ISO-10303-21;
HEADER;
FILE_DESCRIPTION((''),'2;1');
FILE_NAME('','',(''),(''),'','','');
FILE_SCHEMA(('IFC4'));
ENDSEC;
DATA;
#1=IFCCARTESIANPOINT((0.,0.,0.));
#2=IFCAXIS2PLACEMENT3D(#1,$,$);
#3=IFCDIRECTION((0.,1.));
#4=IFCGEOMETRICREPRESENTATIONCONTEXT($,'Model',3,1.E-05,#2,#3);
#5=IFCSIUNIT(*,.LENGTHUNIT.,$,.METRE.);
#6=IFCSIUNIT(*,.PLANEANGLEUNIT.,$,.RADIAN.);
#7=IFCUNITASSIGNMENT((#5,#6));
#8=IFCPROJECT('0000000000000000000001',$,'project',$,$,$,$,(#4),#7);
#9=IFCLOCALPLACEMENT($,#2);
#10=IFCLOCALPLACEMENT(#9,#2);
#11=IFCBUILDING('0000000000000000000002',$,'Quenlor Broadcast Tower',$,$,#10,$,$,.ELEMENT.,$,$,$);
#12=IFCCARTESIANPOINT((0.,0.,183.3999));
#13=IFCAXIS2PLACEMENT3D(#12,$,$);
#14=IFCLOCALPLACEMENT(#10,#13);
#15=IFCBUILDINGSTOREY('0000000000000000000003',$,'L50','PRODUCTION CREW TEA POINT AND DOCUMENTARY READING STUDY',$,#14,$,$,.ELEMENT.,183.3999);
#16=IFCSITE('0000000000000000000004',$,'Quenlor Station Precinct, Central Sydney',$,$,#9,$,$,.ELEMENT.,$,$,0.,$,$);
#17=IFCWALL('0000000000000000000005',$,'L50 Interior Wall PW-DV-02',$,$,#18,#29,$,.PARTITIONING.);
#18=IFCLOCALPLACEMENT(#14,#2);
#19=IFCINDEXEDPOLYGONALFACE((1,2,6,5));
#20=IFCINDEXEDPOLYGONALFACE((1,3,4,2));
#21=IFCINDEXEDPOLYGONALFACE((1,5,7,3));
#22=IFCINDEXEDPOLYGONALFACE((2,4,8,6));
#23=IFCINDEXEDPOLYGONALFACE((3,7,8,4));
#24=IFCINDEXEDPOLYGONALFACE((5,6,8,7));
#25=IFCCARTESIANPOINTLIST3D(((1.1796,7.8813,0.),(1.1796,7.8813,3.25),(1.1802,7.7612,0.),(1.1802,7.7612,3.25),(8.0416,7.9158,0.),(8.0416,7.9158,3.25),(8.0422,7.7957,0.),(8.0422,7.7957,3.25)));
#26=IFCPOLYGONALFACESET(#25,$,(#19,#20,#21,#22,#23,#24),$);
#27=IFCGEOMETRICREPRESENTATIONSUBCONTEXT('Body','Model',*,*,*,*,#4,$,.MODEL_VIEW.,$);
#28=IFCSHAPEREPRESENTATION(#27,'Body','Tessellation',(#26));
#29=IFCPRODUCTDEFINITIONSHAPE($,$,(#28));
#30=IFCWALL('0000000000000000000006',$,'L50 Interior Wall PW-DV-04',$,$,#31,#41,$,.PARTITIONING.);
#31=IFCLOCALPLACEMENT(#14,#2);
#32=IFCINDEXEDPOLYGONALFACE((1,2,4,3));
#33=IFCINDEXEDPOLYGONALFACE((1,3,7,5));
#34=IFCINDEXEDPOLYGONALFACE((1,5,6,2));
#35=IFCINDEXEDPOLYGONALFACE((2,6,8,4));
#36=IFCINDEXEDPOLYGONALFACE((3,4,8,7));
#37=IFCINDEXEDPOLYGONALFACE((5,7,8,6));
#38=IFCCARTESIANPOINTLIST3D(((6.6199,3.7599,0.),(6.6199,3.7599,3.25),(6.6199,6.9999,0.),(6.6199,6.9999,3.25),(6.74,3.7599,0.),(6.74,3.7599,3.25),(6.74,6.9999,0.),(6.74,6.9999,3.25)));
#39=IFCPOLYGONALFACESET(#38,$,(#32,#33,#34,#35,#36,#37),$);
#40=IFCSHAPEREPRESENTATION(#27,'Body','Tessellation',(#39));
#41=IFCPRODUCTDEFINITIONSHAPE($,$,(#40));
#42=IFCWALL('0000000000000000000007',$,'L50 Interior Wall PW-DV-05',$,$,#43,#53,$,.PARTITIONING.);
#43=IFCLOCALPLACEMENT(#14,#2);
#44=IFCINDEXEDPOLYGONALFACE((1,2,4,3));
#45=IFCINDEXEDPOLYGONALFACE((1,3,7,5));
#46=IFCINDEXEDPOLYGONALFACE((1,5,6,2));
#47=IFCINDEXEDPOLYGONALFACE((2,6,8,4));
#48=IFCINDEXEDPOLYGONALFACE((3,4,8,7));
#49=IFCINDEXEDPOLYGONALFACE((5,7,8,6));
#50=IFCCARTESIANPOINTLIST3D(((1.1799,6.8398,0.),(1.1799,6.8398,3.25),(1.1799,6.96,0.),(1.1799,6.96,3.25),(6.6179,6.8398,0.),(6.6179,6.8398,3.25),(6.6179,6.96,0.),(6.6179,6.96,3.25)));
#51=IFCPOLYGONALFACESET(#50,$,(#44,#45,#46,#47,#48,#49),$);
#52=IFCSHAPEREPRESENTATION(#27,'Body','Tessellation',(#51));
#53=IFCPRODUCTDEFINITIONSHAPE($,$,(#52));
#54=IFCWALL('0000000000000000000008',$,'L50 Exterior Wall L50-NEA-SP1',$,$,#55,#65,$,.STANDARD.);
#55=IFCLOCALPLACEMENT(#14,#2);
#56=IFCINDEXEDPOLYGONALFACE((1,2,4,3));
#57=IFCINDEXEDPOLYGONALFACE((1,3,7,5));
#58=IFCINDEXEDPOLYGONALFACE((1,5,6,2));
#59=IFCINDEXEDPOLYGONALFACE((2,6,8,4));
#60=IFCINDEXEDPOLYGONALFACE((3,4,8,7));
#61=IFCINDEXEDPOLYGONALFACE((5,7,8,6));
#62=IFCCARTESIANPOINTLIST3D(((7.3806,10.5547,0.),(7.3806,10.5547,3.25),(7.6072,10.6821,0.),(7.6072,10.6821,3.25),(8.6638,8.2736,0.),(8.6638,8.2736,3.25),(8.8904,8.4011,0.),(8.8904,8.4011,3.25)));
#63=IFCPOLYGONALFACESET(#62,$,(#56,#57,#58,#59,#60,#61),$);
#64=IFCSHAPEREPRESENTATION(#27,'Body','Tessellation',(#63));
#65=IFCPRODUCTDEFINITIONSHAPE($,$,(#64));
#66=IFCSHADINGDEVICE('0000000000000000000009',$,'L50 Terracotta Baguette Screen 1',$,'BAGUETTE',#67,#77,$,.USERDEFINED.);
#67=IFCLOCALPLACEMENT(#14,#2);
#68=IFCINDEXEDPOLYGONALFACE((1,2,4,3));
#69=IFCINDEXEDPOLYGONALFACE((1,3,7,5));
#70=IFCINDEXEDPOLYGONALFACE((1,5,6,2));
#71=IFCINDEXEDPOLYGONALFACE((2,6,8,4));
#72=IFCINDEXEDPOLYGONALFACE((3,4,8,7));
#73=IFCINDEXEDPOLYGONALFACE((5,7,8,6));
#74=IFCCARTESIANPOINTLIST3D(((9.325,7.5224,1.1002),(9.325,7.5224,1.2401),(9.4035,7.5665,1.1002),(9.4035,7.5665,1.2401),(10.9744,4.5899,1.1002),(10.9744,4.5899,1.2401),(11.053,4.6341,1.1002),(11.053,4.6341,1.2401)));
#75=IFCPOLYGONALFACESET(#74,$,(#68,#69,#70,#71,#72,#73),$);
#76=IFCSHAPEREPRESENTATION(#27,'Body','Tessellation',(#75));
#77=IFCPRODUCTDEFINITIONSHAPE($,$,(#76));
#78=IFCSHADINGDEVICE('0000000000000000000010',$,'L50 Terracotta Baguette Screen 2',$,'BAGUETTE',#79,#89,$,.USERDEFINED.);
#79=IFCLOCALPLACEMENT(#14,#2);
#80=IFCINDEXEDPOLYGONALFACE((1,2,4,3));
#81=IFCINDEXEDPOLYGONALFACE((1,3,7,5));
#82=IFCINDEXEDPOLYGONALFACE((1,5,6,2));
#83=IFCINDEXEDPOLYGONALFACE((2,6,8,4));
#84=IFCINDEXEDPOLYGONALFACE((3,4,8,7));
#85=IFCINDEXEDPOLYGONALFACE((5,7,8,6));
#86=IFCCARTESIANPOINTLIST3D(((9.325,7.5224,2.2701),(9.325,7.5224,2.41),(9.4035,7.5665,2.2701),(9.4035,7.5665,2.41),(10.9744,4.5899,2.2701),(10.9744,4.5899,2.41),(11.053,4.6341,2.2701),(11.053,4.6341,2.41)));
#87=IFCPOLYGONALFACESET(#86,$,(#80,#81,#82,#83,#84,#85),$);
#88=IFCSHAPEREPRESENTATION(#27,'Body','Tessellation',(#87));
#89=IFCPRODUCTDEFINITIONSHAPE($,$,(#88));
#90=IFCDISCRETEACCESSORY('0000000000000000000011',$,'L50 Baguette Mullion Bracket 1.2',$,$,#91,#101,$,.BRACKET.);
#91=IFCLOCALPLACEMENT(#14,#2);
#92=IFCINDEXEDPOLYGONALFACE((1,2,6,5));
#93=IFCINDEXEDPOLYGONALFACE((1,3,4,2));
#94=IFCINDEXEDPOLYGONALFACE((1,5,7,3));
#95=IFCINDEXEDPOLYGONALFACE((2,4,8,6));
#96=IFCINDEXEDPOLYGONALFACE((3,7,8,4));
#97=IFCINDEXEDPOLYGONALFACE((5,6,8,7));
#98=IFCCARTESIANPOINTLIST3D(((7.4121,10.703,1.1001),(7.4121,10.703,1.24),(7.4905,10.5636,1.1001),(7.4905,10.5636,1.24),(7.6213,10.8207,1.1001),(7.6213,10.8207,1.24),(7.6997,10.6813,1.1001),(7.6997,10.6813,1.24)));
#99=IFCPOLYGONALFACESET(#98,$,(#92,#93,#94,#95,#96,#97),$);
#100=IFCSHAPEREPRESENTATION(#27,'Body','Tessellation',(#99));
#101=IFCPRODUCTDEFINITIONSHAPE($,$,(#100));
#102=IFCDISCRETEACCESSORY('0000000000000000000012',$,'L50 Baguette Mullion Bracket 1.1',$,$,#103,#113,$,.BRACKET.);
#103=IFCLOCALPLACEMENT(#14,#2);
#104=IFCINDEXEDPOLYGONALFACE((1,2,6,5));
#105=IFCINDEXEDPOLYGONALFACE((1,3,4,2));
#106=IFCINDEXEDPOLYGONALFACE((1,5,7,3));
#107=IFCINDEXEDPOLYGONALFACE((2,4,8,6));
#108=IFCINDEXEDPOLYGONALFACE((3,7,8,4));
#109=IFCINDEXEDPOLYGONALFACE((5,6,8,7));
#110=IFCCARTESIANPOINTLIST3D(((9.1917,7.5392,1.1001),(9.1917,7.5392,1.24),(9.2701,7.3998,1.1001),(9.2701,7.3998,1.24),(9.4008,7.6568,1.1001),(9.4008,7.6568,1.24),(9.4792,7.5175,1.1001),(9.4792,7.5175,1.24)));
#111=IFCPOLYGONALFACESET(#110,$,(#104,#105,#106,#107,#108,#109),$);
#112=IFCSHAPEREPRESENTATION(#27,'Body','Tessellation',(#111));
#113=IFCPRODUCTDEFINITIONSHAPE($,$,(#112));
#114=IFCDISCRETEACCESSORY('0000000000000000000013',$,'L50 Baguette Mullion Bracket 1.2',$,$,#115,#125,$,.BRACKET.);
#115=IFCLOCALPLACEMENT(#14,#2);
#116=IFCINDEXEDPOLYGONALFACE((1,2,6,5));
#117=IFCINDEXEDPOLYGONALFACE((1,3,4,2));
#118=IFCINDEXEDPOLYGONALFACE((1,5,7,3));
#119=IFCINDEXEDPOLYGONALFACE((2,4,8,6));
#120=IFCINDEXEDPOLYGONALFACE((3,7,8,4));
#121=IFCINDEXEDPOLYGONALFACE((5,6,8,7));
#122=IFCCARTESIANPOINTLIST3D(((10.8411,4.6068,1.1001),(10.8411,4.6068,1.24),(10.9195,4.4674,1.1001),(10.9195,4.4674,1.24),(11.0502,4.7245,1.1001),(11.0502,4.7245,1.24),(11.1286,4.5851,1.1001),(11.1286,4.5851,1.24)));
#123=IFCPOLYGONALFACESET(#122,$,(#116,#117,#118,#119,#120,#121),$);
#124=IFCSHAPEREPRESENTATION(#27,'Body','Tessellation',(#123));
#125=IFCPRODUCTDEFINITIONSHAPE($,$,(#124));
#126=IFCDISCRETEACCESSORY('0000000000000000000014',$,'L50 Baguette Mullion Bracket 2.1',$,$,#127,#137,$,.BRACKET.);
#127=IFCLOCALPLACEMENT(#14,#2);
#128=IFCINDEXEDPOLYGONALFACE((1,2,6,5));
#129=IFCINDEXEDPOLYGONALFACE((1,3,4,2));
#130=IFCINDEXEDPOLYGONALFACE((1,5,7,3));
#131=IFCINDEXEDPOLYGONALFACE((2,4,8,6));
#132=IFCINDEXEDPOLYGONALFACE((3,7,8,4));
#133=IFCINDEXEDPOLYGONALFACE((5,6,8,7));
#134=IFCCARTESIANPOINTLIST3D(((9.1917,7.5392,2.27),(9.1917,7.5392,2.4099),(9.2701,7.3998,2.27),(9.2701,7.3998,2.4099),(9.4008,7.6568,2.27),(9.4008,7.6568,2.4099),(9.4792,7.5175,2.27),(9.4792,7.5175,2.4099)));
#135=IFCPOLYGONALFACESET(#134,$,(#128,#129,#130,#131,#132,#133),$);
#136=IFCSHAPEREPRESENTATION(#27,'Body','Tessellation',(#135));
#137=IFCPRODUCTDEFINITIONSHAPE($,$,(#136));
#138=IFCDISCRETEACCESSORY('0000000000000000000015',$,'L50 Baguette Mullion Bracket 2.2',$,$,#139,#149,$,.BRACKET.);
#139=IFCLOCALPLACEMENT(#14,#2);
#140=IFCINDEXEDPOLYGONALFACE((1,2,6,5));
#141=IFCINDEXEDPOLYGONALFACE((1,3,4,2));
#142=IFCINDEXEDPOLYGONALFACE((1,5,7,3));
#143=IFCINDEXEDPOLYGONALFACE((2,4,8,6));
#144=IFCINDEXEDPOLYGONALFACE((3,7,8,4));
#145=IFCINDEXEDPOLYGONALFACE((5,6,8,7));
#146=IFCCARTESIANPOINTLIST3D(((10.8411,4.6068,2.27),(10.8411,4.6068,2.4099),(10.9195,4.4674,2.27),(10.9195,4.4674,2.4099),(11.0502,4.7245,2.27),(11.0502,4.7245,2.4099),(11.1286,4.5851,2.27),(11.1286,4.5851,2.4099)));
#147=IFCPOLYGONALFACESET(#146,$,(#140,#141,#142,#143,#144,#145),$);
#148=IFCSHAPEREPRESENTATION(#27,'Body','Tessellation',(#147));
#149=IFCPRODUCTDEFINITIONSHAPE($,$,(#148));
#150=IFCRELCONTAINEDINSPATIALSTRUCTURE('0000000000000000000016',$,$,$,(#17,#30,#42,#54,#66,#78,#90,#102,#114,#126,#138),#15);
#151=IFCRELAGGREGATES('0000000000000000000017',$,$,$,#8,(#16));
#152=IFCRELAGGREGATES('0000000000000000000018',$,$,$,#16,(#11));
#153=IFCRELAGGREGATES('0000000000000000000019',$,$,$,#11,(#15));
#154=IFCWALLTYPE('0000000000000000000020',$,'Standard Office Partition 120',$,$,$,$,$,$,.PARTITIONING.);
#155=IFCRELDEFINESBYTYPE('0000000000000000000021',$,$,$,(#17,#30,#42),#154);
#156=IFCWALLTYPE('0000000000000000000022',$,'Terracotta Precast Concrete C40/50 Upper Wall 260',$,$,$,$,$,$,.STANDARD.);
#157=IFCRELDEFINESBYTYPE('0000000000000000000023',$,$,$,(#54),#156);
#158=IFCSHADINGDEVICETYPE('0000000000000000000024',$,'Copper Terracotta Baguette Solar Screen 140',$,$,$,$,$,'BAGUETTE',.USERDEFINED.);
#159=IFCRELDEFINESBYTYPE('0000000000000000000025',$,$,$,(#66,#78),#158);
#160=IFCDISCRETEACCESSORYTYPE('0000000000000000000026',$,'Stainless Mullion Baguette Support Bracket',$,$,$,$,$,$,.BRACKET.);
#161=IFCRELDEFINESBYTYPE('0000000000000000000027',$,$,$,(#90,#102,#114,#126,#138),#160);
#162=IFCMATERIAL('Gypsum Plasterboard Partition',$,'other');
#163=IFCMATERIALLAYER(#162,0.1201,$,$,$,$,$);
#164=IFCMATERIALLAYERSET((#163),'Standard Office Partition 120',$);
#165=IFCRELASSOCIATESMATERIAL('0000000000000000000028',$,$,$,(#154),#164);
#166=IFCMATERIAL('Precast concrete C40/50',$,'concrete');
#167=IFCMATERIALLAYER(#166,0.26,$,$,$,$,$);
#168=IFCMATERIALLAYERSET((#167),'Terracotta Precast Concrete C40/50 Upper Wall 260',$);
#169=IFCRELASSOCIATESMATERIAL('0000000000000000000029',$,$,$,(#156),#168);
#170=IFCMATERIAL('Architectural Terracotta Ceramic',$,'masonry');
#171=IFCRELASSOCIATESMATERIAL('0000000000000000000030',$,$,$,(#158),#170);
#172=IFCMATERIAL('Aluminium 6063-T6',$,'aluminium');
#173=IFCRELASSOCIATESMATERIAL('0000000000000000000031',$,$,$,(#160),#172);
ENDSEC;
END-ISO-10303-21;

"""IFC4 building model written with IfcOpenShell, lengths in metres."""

from ifc_helpers import new_model, si_unit, direction, frame, frame_2d, origin, origin_2d, place, context, subcontext, project, spatial, rectangle, extrude, material, layer, layer_set, material_profile, profile_set, type_object, element, save


model = new_model("IFC4")

# Units and contexts
model_context = context("Model", 3, precision=1e-05, world=origin(), true_north=direction((0.0, 1.0)))
body_context = subcontext(model_context, "Body", "Model", "MODEL_VIEW")
ifc_project = project(units=[si_unit("LENGTHUNIT", "METRE"), si_unit("PLANEANGLEUNIT", "RADIAN")], contexts=[model_context])

# Site, building, storey
site_placement = place(None, origin())
site = spatial("IfcSite", under=ifc_project, at=site_placement, Name="Quenlor Station Precinct, Central Sydney", CompositionType="ELEMENT", RefElevation=0.0)
building_placement = place(site_placement, origin())
building = spatial("IfcBuilding", under=site, at=building_placement, Name="Quenlor Broadcast Tower", CompositionType="ELEMENT")
storey_placement = place(building_placement, frame((0.0, 0.0, 183.3999)))
storey = spatial("IfcBuildingStorey", under=building, at=storey_placement, Name="L50", Description="PRODUCTION CREW TEA POINT AND DOCUMENTARY READING STUDY", CompositionType="ELEMENT", Elevation=183.3999)

# Shared definitions
ifc_material_1 = material(Name="Gypsum Plasterboard Partition", Category="other")
ifc_layer_1 = layer(ifc_material_1, 0.1201)
ifc_layer_set_1 = layer_set([ifc_layer_1], Name="Standard Office Partition 120")
wall_type_1 = type_object("IfcWallType", Name="Standard Office Partition 120", PredefinedType="PARTITIONING", material=ifc_layer_set_1)

# Walls
wall_1_placement = place(storey_placement, frame((8.042, 7.8557, 0.0), z_axis=(0.0, 0.0, 1.0), x_axis=(-0.999987, -0.005016, 0.0)))
element("IfcWall", 1, at=wall_1_placement, inside=storey, type_object=wall_type_1, Name="L50 Interior Wall PW-DV-02", PredefinedType="PARTITIONING", context=body_context, shape_type="SweptSolid", body=[
    extrude(rectangle(XDim=6.8621, YDim=0.1201, at=frame_2d((3.4312, 0.0))), origin(), (0.0, 0.0, 1.0), 3.25),
])
wall_2_placement = place(storey_placement, frame((6.6799, 7.0, 0.0), z_axis=(0.0, 0.0, 1.0), x_axis=(0.0, -1.0, 0.0)))
element("IfcWall", 2, at=wall_2_placement, inside=storey, type_object=wall_type_1, Name="L50 Interior Wall PW-DV-04", PredefinedType="PARTITIONING", context=body_context, shape_type="SweptSolid", body=[
    extrude(rectangle(XDim=3.24, YDim=0.1201, at=frame_2d((1.6201, 0.0))), origin(), (0.0, 0.0, 1.0), 3.25),
])
wall_3_placement = place(storey_placement, frame((1.1799, 6.8999, 0.0), z_axis=(0.0, 0.0, 1.0), x_axis=(1.0, 0.0, 0.0)))
element("IfcWall", 3, at=wall_3_placement, inside=storey, type_object=wall_type_1, Name="L50 Interior Wall PW-DV-05", PredefinedType="PARTITIONING", context=body_context, shape_type="SweptSolid", body=[
    extrude(rectangle(XDim=5.438, YDim=0.1201, at=frame_2d((2.719, 0.0))), origin(), (0.0, 0.0, 1.0), 3.25),
])
ifc_material_2 = material(Name="Precast concrete C40/50", Category="concrete")
ifc_layer_2 = layer(ifc_material_2, 0.26)
ifc_layer_set_2 = layer_set([ifc_layer_2], Name="Terracotta Precast Concrete C40/50 Upper Wall 260")
wall_type_2 = type_object("IfcWallType", Name="Terracotta Precast Concrete C40/50 Upper Wall 260", PredefinedType="STANDARD", material=ifc_layer_set_2)
wall_4_placement = place(storey_placement, frame((7.4939, 10.6184, 0.0), z_axis=(0.0, 0.0, 1.0), x_axis=(0.490301, -0.871553, 0.0)))
element("IfcWall", 4, at=wall_4_placement, inside=storey, type_object=wall_type_2, Name="L50 Exterior Wall L50-NEA-SP1", PredefinedType="STANDARD", context=body_context, shape_type="SweptSolid", body=[
    extrude(rectangle(XDim=2.6172, YDim=0.26, at=frame_2d((1.3086, 0.0))), origin(), (0.0, 0.0, 1.0), 3.25),
])

# Shading devices
ifc_material_3 = material(Name="Architectural Terracotta Ceramic", Category="masonry")
ifc_material_profile_1 = material_profile(ifc_material_3, rectangle(XDim=0.0901, YDim=0.1399, at=origin_2d()))
ifc_profile_set_1 = profile_set([ifc_material_profile_1], Name="Architectural Terracotta Ceramic BAG90x140")
shading_device_type = type_object("IfcShadingDeviceType", Name="Copper Terracotta Baguette Solar Screen 140", ElementType="BAGUETTE", PredefinedType="USERDEFINED", material=ifc_profile_set_1)
for number, where, z_axis, x_axis, name in (
    (5, (9.3643, 7.5444, 1.1702), (0.490251, -0.871581, 0.0), (0.871581, 0.490251, 0.0), "L50 Terracotta Baguette Screen 1"),
    (6, (9.3643, 7.5444, 2.3401), (0.490251, -0.871581, 0.0), (0.871581, 0.490251, 0.0), "L50 Terracotta Baguette Screen 2"),
):
    element("IfcShadingDevice", number, at=place(storey_placement, frame(where, z_axis=z_axis, x_axis=x_axis)), inside=storey, type_object=shading_device_type, Name=name, ObjectType="BAGUETTE", PredefinedType="USERDEFINED", context=body_context, shape_type="SweptSolid", body=[
        extrude(rectangle(XDim=0.0901, YDim=0.1399, at=origin_2d()), origin(), (0.0, 0.0, 1.0), 3.3645),
    ])

# Discrete accessories
ifc_material_4 = material(Name="Aluminium 6063-T6", Category="aluminium")
discrete_accessory_type = type_object("IfcDiscreteAccessoryType", Name="Stainless Mullion Baguette Support Bracket", PredefinedType="BRACKET", material=ifc_material_4)
for number, where, z_axis, x_axis, name in (
    (7, (7.5559, 10.6921, 1.1001), (0.0, 0.0, 1.0), (0.490259, -0.871577, 0.0), "L50 Baguette Mullion Bracket 1.2"),
    (8, (9.3354, 7.5283, 1.1001), (0.0, 0.0, 1.0), (0.490257, -0.871578, 0.0), "L50 Baguette Mullion Bracket 1.1"),
    (9, (10.9849, 4.5959, 1.1001), (0.0, 0.0, 1.0), (0.490257, -0.871578, 0.0), "L50 Baguette Mullion Bracket 1.2"),
    (10, (9.3354, 7.5283, 2.27), (0.0, 0.0, 1.0), (0.490257, -0.871578, 0.0), "L50 Baguette Mullion Bracket 2.1"),
    (11, (10.9849, 4.5959, 2.27), (0.0, 0.0, 1.0), (0.490257, -0.871578, 0.0), "L50 Baguette Mullion Bracket 2.2"),
):
    element("IfcDiscreteAccessory", number, at=place(storey_placement, frame(where, z_axis=z_axis, x_axis=x_axis)), inside=storey, type_object=discrete_accessory_type, Name=name, PredefinedType="BRACKET", context=body_context, shape_type="SweptSolid", body=[
        extrude(rectangle(XDim=0.1599, YDim=0.24, at=origin_2d()), origin(), (0.0, 0.0, 1.0), 0.1399),
    ])

save(model, "model.ifc")
